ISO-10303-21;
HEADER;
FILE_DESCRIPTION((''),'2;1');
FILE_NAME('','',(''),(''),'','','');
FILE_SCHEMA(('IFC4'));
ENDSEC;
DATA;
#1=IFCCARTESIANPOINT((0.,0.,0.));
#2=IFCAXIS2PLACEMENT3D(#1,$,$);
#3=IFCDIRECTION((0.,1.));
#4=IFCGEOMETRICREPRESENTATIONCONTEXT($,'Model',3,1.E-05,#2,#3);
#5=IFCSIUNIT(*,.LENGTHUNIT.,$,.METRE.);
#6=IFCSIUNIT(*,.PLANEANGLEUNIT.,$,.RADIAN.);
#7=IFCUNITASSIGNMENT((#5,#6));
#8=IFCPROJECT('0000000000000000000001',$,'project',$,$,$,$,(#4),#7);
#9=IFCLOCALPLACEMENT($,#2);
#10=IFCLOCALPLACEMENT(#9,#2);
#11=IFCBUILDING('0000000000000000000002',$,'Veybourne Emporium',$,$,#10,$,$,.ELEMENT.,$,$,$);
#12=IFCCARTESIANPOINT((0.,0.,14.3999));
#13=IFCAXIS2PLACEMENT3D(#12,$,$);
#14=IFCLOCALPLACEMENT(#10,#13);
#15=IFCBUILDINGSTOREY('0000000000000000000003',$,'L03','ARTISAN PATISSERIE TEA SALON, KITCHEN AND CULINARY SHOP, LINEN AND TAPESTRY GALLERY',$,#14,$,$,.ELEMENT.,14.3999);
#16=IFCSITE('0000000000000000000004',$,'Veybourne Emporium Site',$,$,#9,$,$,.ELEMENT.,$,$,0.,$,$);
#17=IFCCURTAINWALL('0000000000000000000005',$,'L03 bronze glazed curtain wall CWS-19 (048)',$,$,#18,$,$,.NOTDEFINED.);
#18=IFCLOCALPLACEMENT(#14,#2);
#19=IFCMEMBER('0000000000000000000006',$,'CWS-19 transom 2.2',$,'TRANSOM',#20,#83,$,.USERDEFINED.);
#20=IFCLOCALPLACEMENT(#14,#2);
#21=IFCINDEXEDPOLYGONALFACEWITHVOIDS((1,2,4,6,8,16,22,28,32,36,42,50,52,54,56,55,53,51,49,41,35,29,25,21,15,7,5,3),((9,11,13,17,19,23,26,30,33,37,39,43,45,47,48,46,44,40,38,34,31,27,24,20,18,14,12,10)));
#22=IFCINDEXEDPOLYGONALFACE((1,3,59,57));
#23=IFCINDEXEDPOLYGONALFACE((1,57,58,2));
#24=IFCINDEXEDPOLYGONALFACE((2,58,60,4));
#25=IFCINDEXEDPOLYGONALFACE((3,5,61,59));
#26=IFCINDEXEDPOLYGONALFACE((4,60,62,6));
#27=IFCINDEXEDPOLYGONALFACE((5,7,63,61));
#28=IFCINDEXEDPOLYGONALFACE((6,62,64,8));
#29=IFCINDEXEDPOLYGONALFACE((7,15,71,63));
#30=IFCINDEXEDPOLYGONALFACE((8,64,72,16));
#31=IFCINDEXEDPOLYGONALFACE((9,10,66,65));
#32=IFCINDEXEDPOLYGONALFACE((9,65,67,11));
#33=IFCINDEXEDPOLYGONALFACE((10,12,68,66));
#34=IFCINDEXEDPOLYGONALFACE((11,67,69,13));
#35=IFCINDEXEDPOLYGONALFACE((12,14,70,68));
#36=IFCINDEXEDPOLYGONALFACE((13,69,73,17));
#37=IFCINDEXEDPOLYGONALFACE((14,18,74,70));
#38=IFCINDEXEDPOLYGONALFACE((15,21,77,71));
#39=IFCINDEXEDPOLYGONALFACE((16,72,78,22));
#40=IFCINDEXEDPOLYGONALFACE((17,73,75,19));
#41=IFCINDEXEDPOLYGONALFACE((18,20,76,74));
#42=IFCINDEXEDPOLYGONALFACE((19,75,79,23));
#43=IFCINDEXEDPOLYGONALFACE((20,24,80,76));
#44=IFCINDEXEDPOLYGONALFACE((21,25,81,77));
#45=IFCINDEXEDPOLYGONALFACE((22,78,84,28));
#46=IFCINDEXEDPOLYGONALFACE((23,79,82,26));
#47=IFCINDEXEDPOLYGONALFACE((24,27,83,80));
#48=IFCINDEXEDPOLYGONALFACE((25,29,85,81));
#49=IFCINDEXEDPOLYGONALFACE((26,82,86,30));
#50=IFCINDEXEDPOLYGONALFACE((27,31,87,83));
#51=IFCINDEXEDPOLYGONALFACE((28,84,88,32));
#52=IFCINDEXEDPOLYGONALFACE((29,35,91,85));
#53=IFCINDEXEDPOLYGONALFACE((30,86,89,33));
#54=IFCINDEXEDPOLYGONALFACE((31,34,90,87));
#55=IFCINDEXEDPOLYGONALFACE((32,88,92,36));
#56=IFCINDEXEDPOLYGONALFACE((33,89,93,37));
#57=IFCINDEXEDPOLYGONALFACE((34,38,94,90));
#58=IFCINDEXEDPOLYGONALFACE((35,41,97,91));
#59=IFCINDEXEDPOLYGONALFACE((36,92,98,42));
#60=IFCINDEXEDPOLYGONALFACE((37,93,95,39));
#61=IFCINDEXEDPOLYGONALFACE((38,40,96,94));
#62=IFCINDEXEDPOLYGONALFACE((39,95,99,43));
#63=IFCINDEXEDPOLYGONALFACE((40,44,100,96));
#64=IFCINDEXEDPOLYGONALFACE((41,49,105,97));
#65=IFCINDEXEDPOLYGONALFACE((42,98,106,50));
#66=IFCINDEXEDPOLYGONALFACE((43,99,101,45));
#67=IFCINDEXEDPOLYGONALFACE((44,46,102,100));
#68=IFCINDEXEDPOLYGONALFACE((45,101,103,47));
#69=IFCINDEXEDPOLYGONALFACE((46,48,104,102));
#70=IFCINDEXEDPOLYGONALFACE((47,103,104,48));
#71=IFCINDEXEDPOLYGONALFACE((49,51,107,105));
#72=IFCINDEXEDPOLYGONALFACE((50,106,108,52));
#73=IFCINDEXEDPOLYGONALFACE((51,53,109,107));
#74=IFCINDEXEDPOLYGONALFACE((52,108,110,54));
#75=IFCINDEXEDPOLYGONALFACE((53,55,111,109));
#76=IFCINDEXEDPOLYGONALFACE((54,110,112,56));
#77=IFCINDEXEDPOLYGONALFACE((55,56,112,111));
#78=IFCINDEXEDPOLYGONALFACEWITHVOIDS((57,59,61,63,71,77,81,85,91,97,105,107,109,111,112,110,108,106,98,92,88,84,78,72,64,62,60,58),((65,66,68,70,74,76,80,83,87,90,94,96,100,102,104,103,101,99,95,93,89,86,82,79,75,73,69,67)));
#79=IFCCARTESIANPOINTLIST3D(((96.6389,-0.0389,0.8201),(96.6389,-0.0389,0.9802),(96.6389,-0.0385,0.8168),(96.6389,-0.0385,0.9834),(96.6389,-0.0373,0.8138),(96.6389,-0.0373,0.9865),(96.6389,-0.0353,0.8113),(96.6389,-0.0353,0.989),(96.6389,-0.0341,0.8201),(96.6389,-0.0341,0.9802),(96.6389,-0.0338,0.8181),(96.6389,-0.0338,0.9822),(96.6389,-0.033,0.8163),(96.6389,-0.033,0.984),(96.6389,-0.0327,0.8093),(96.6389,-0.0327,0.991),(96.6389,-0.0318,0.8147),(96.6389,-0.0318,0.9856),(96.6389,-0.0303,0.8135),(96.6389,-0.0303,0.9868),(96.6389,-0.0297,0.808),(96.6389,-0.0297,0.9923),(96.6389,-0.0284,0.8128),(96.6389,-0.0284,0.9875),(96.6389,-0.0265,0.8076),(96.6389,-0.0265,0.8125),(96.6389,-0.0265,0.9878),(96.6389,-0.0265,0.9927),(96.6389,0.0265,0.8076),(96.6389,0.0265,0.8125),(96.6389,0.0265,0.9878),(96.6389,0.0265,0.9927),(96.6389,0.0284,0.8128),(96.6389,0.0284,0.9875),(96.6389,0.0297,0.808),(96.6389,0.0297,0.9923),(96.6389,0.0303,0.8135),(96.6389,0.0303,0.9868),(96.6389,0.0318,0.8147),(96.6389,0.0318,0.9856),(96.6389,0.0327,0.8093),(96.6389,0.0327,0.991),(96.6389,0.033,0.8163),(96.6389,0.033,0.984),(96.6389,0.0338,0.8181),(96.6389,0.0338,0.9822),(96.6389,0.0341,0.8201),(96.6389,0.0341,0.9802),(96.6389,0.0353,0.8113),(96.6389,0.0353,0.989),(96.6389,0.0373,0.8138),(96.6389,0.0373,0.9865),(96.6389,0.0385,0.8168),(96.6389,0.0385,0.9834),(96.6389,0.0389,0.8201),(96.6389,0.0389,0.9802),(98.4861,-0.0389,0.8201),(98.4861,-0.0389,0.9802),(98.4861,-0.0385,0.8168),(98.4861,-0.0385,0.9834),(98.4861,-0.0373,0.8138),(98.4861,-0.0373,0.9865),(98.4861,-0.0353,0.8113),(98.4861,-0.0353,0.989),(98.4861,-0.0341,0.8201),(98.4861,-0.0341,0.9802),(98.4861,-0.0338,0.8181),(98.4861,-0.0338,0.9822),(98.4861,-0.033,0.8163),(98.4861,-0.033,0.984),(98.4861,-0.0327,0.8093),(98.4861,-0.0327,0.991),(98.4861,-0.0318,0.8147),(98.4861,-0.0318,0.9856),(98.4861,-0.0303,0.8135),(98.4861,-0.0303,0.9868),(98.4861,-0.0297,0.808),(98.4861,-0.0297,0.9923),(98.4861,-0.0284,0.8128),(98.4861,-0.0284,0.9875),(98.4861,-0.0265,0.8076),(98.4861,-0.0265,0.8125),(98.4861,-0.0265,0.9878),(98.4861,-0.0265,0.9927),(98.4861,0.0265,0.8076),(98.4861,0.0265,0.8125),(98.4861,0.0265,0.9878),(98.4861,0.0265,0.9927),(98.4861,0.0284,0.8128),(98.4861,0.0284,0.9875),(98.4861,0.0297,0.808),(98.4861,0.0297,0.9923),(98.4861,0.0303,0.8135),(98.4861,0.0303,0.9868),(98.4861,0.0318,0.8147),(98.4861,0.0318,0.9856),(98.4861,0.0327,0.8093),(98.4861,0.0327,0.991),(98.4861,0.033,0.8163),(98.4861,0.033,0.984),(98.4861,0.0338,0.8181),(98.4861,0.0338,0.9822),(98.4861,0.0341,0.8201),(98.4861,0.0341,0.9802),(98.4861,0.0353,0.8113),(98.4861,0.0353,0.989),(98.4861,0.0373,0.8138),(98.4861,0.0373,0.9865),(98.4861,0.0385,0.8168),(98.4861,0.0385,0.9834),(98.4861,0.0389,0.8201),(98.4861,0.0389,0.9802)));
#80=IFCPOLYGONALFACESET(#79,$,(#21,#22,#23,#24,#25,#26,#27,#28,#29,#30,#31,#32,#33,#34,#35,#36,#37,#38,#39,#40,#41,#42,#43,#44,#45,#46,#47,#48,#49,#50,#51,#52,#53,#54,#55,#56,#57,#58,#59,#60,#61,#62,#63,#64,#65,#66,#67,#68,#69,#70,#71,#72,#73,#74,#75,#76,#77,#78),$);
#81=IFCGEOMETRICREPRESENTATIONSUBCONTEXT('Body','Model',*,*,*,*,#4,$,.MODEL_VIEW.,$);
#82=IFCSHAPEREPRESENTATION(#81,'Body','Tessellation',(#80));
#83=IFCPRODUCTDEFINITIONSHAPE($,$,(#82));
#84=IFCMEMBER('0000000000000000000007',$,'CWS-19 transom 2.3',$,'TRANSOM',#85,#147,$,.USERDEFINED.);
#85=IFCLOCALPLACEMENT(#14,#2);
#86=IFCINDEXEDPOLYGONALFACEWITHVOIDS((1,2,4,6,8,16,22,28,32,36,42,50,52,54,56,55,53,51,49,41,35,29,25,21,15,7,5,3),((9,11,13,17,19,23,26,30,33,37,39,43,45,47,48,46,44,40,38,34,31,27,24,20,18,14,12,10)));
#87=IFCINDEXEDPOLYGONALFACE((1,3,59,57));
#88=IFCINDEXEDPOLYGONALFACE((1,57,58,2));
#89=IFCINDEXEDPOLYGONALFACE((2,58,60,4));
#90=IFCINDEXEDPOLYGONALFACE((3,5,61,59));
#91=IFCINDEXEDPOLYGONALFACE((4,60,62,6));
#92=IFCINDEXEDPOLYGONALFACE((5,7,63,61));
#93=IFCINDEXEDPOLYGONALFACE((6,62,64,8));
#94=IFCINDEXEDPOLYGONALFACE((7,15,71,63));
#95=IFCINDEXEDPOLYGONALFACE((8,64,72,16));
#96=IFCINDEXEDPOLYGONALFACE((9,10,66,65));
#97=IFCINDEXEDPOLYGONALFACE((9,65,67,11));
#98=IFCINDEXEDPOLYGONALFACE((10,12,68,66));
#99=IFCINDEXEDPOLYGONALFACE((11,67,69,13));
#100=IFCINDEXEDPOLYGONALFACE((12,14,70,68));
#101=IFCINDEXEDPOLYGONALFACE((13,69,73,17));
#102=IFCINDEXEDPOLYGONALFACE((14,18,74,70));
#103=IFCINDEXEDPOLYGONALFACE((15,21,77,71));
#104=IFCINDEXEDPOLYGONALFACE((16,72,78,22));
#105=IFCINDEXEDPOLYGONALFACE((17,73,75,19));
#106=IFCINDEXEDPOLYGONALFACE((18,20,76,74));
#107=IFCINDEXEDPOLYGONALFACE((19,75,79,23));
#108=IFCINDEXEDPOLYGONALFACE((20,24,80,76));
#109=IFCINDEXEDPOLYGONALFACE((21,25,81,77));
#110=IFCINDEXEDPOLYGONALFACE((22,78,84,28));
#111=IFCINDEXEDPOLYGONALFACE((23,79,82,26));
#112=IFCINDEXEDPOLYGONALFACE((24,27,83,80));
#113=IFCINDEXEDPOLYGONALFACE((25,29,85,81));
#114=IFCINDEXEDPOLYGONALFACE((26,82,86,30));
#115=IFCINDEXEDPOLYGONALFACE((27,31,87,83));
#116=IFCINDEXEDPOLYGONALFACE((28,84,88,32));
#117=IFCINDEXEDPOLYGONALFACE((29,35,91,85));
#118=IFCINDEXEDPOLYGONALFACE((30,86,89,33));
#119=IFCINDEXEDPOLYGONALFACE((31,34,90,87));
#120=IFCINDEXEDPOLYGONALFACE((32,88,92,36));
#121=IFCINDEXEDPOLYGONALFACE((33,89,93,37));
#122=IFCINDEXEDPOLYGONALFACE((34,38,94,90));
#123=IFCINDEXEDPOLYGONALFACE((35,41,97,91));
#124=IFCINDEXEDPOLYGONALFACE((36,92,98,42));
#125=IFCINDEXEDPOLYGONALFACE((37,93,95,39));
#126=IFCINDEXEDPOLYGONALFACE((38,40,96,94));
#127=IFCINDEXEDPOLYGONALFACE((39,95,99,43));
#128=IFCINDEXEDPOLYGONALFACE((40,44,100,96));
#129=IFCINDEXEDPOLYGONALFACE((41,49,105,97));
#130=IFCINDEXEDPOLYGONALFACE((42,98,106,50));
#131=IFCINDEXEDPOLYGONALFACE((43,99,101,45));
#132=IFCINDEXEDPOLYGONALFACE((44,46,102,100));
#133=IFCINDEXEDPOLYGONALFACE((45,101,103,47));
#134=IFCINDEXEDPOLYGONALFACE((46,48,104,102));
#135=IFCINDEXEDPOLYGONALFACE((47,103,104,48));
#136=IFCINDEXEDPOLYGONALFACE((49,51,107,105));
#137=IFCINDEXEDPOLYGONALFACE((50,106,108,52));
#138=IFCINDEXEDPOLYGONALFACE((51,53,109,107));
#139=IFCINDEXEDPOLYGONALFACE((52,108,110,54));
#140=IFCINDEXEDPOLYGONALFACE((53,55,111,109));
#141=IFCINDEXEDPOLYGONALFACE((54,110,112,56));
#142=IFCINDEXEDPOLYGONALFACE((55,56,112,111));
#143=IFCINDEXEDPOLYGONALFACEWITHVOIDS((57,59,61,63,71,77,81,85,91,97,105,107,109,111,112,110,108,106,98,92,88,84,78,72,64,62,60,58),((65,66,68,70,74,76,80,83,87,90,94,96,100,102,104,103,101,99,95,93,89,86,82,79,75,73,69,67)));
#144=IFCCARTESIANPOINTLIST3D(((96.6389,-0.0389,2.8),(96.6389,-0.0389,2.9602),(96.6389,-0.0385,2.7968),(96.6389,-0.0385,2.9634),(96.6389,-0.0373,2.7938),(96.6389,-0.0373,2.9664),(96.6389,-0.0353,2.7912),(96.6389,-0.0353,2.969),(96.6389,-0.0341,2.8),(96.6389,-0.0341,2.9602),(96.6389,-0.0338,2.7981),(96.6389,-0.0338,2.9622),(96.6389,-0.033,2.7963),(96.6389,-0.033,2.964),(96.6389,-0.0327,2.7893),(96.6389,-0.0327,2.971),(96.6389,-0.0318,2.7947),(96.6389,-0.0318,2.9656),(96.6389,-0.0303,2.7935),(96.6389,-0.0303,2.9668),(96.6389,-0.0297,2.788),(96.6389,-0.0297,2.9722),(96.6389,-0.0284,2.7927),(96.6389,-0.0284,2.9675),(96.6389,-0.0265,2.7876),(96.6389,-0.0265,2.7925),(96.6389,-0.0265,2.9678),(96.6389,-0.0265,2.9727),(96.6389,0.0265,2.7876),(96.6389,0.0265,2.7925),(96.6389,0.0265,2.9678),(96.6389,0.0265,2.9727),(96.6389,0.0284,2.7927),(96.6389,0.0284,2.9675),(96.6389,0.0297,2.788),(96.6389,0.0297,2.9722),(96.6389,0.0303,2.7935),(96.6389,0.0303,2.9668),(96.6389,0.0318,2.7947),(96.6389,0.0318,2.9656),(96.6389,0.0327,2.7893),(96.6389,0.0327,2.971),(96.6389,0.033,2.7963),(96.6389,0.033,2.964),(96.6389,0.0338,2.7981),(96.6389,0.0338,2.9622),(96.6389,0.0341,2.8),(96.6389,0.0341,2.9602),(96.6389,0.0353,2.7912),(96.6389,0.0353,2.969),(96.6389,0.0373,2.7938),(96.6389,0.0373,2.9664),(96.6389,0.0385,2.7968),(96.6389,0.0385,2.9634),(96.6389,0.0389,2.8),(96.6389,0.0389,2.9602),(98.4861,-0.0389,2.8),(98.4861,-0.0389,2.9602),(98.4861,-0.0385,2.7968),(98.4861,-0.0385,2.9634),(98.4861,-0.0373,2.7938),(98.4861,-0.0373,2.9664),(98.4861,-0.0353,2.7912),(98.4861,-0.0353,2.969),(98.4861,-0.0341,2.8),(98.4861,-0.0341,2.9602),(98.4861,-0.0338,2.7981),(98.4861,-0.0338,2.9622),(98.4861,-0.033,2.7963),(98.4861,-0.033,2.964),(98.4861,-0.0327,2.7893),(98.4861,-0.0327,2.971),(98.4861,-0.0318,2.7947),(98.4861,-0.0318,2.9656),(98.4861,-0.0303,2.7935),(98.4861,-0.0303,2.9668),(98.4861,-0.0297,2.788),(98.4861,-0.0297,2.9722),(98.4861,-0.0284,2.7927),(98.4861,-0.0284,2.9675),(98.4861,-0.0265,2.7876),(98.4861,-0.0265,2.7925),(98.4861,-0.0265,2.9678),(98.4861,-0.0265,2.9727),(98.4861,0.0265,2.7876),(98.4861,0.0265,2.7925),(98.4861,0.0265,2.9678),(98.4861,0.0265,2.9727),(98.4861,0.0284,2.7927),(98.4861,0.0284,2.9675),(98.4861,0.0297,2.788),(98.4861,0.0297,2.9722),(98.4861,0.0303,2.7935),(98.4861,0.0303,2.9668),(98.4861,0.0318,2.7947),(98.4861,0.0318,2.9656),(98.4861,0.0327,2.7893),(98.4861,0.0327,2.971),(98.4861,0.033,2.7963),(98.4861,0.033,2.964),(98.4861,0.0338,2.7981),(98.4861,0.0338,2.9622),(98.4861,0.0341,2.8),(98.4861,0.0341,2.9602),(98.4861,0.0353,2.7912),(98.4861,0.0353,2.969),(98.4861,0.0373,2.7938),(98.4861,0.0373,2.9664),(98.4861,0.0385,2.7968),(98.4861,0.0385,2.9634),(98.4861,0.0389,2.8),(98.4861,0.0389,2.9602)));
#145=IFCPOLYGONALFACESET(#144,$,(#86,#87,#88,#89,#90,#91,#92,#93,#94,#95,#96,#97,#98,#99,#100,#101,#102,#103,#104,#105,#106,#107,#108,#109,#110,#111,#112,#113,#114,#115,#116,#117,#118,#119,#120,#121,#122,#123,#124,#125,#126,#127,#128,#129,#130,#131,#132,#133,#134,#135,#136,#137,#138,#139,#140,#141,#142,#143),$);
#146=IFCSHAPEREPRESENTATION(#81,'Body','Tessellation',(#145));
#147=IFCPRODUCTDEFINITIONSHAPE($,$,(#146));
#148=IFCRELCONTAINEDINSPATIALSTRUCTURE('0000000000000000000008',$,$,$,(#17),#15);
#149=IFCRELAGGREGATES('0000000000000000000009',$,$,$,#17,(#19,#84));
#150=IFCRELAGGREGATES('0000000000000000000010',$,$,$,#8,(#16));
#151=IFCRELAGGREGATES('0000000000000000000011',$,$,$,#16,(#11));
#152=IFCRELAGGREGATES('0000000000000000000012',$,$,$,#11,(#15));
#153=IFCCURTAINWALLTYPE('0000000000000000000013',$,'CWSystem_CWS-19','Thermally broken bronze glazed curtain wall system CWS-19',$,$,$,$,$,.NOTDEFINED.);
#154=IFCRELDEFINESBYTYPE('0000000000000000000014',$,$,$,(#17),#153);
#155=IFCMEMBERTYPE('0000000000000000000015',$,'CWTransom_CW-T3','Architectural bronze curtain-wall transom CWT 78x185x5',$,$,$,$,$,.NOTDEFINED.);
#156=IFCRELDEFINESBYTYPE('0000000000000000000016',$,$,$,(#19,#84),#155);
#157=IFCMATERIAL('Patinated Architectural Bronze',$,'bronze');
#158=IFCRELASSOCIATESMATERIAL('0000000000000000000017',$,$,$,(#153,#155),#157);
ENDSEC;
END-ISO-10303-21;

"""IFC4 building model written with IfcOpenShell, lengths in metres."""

from ifc_helpers import new_model, si_unit, direction, frame, origin, origin_2d, place, context, subcontext, project, spatial, hollow_rectangle, extrude, material, material_profile, profile_set, type_object, element, aggregate, save


model = new_model("IFC4")

# Units and contexts
model_context = context("Model", 3, precision=1e-05, world=origin(), true_north=direction((0.0, 1.0)))
body_context = subcontext(model_context, "Body", "Model", "MODEL_VIEW")
ifc_project = project(units=[si_unit("LENGTHUNIT", "METRE"), si_unit("PLANEANGLEUNIT", "RADIAN")], contexts=[model_context])

# Site, building, storey
site_placement = place(None, origin())
site = spatial("IfcSite", under=ifc_project, at=site_placement, Name="Veybourne Emporium Site", CompositionType="ELEMENT", RefElevation=0.0)
building_placement = place(site_placement, origin())
building = spatial("IfcBuilding", under=site, at=building_placement, Name="Veybourne Emporium", CompositionType="ELEMENT")
storey_placement = place(building_placement, frame((0.0, 0.0, 14.3999)))
storey = spatial("IfcBuildingStorey", under=building, at=storey_placement, Name="L03", Description="ARTISAN PATISSERIE TEA SALON, KITCHEN AND CULINARY SHOP, LINEN AND TAPESTRY GALLERY", CompositionType="ELEMENT", Elevation=14.3999)

# Curtain wall, members
ifc_material_1 = material(Name="Patinated Architectural Bronze", Category="bronze")
curtain_wall_type = type_object("IfcCurtainWallType", Name="CWSystem_CWS-19", Description="Thermally broken bronze glazed curtain wall system CWS-19", PredefinedType="NOTDEFINED", material=ifc_material_1)
curtain_wall_placement = place(storey_placement, origin())
curtain_wall = element("IfcCurtainWall", 1, at=curtain_wall_placement, inside=storey, type_object=curtain_wall_type, Name="L03 bronze glazed curtain wall CWS-19 (048)", PredefinedType="NOTDEFINED")
ifc_material_profile_1 = material_profile(ifc_material_1, hollow_rectangle(XDim=0.0779, YDim=0.1851, WallThickness=0.0049, InnerFilletRadius=0.0076, OuterFilletRadius=0.0125, at=origin_2d()), Name="CWT 78x185x5")
ifc_profile_set_1 = profile_set([ifc_material_profile_1], Name="Patinated Architectural Bronze")
member_type_1 = type_object("IfcMemberType", Name="CWTransom_CW-T3", Description="Architectural bronze curtain-wall transom CWT 78x185x5", PredefinedType="NOTDEFINED", material=ifc_profile_set_1)
member_1_placement = place(storey_placement, frame((98.4861, 0.0, 0.9001), z_axis=(-1.0, 0.0, 0.0), x_axis=(0.0, -1.0, 0.0)))
member_1 = element("IfcMember", 2, at=member_1_placement, type_object=member_type_1, Name="CWS-19 transom 2.2", ObjectType="TRANSOM", PredefinedType="USERDEFINED", context=body_context, shape_type="SweptSolid", body=[
    extrude(hollow_rectangle(XDim=0.0779, YDim=0.1851, WallThickness=0.0049, InnerFilletRadius=0.0076, OuterFilletRadius=0.0125, at=origin_2d()), origin(), (0.0, 0.0, 1.0), 1.8472),
])
member_2_placement = place(storey_placement, frame((98.4861, 0.0, 2.8801), z_axis=(-1.0, 0.0, 0.0), x_axis=(0.0, -1.0, 0.0)))
member_2 = element("IfcMember", 3, at=member_2_placement, type_object=member_type_1, Name="CWS-19 transom 2.3", ObjectType="TRANSOM", PredefinedType="USERDEFINED", context=body_context, shape_type="SweptSolid", body=[
    extrude(hollow_rectangle(XDim=0.0779, YDim=0.1851, WallThickness=0.0049, InnerFilletRadius=0.0076, OuterFilletRadius=0.0125, at=origin_2d()), origin(), (0.0, 0.0, 1.0), 1.8472),
])
aggregate(curtain_wall, [member_1, member_2])

save(model, "model.ifc")
